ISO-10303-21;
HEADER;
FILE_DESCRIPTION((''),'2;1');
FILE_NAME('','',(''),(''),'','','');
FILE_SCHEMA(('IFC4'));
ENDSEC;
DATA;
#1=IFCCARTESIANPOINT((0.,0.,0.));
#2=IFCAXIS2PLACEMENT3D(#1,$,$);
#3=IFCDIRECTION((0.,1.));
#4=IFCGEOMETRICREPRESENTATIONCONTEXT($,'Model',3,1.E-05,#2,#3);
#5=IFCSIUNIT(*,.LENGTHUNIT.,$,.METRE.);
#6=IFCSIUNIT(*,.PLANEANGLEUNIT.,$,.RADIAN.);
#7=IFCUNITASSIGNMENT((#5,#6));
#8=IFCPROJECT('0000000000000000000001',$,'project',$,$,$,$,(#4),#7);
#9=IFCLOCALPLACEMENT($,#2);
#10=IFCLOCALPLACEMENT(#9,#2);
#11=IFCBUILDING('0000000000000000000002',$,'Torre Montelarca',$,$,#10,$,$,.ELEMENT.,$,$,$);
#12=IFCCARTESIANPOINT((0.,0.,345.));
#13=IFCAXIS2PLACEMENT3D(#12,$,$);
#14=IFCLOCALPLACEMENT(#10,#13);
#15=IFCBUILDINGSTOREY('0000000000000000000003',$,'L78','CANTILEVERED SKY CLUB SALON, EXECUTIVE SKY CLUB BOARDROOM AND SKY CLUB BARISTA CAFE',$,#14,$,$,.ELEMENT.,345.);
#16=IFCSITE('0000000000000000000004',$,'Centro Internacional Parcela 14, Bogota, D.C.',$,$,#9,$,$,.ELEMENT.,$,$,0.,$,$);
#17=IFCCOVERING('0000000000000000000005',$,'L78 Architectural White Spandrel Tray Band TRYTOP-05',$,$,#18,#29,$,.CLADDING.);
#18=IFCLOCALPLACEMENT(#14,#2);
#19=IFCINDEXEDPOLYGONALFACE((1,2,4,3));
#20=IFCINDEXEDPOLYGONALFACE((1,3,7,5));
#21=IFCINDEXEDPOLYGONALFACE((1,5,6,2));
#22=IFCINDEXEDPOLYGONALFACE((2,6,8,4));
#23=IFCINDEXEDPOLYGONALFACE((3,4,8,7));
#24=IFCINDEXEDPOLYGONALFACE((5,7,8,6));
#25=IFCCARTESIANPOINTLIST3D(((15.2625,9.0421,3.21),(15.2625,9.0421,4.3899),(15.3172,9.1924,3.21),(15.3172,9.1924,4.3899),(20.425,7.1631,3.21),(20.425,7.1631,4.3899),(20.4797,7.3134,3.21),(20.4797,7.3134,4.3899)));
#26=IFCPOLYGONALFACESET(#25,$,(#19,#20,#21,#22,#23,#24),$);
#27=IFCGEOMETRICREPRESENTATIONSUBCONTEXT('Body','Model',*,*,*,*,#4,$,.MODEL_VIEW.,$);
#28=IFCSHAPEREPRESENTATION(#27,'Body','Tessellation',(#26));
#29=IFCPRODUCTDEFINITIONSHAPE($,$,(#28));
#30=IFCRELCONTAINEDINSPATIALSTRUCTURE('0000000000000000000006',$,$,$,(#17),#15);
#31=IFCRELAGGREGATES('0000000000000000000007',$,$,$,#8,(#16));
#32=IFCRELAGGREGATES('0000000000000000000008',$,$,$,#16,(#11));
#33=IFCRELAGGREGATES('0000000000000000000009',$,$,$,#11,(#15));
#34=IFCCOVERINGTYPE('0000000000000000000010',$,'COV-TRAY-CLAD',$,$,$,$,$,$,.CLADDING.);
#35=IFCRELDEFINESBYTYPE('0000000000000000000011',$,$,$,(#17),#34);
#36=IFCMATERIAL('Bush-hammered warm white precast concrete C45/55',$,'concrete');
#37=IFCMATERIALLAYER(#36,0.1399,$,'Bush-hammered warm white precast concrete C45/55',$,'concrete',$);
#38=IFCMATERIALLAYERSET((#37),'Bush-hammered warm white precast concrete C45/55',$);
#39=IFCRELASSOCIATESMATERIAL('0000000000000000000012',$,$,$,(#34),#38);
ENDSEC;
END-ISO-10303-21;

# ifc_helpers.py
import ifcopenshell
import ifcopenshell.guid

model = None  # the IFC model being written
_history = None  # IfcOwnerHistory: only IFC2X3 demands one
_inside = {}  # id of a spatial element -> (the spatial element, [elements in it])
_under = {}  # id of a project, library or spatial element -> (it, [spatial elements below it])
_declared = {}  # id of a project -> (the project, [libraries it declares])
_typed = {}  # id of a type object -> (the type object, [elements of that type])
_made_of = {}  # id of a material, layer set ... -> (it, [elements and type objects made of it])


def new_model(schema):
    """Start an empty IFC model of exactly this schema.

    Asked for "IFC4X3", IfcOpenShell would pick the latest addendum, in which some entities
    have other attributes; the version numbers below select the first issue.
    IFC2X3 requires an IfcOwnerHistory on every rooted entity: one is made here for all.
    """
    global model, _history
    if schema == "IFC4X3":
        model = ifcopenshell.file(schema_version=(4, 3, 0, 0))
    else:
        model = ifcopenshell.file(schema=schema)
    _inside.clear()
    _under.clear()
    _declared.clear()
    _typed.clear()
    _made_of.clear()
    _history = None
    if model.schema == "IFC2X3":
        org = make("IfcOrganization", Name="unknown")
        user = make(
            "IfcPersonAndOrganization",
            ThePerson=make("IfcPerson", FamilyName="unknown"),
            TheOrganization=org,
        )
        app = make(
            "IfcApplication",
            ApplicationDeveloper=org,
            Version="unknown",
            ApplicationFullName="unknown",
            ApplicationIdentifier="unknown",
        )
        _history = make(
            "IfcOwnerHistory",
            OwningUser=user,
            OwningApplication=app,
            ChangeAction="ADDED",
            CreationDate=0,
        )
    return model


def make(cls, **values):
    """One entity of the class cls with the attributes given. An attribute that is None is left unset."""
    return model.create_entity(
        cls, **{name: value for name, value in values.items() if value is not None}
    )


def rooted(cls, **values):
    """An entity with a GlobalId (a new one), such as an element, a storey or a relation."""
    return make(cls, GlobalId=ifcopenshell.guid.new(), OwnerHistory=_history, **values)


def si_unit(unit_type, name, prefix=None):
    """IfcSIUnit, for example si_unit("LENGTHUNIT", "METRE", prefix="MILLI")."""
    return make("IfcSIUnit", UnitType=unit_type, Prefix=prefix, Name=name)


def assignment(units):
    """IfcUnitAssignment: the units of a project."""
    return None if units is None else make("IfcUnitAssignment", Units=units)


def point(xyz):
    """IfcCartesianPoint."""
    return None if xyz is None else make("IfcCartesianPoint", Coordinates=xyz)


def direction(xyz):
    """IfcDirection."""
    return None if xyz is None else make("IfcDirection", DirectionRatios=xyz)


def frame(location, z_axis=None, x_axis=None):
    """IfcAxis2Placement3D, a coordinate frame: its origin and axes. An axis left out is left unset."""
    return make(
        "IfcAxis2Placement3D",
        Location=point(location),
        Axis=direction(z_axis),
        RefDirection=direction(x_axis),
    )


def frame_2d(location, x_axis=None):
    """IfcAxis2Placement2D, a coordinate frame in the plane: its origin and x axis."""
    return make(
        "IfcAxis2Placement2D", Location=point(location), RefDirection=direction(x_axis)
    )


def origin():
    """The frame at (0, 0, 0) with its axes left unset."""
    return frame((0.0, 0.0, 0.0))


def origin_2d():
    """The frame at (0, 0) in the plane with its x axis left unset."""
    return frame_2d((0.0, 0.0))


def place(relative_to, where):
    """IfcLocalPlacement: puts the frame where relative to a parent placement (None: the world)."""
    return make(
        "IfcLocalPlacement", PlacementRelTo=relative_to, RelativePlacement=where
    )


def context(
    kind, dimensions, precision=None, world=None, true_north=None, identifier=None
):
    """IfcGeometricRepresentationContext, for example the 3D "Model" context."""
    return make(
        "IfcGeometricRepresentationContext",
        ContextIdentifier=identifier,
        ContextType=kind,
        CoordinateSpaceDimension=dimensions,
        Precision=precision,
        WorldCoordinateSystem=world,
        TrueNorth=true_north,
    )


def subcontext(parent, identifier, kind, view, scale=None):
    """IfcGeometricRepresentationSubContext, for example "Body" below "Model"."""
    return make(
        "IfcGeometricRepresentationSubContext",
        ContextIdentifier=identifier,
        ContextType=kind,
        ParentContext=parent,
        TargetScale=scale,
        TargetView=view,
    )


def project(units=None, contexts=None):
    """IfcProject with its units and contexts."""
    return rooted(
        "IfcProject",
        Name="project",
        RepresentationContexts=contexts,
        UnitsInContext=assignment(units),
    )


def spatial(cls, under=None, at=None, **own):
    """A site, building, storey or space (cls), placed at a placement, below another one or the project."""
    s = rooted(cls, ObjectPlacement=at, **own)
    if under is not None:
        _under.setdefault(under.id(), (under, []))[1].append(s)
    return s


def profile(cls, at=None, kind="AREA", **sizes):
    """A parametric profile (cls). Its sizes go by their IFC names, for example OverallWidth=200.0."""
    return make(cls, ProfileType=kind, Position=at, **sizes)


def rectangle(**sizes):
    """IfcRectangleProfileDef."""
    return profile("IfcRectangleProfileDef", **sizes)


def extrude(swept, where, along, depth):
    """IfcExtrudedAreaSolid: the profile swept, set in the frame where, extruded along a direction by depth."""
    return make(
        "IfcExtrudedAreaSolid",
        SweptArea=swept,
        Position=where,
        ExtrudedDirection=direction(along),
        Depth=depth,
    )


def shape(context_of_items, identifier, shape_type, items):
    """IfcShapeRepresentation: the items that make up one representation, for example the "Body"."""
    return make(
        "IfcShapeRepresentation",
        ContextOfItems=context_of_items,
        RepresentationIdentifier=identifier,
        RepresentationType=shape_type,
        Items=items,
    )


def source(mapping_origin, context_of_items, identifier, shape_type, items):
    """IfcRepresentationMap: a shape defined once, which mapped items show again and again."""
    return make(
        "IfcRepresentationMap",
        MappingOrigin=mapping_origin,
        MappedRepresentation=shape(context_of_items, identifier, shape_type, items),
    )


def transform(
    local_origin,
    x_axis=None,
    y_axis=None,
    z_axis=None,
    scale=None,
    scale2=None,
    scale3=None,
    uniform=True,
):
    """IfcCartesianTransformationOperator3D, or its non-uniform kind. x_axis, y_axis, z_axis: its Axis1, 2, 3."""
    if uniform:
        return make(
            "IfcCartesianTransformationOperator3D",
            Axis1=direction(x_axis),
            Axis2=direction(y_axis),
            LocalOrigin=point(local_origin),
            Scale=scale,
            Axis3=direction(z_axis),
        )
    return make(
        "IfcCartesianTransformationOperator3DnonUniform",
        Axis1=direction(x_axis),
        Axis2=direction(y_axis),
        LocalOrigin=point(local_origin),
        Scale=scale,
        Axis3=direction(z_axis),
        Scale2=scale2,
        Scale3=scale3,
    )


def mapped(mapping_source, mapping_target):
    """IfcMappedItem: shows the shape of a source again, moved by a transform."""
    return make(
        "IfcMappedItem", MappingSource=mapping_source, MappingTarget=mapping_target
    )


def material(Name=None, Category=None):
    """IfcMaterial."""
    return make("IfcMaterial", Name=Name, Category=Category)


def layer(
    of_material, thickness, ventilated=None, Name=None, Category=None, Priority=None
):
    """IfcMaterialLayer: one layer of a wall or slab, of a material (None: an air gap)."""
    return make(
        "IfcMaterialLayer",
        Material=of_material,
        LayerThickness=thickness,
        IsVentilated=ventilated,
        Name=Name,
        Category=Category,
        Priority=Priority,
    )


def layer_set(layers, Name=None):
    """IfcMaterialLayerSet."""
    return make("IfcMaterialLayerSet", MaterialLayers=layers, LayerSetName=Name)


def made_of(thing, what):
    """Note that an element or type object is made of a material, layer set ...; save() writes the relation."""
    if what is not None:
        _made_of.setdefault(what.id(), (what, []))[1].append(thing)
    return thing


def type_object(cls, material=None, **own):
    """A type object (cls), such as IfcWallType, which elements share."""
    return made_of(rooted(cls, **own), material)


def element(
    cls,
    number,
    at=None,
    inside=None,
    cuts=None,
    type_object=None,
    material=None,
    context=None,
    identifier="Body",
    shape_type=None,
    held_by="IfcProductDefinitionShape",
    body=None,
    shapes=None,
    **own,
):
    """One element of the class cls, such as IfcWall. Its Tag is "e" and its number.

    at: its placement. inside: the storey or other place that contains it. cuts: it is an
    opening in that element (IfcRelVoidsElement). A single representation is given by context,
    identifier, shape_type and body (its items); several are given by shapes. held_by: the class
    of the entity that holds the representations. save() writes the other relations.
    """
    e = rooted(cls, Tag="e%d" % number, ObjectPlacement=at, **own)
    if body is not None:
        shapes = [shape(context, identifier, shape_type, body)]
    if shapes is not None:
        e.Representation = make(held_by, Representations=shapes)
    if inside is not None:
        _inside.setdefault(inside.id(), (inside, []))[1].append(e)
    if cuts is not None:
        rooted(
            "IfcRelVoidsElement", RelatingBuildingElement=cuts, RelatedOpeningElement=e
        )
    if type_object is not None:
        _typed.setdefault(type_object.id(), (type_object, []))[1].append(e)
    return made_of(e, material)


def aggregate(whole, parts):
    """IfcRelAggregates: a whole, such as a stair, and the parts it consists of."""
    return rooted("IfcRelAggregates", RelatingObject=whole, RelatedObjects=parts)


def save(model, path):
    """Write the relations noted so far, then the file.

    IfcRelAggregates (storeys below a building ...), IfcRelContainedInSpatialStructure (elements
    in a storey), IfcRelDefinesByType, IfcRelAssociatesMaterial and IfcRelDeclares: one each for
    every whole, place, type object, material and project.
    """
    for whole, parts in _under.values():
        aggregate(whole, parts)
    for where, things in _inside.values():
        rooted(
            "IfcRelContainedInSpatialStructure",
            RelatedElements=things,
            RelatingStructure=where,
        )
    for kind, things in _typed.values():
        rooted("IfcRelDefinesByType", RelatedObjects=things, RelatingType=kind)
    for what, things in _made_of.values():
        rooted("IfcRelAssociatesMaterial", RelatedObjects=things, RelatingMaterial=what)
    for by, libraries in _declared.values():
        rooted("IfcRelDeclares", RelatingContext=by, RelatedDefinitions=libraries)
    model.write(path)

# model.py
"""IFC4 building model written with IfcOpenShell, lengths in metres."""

from ifc_helpers import new_model, si_unit, direction, frame, origin, origin_2d, place, context, subcontext, project, spatial, rectangle, extrude, source, transform, mapped, material, layer, layer_set, type_object, element, save


model = new_model("IFC4")

# Units and contexts
model_context = context("Model", 3, precision=1e-05, world=origin(), true_north=direction((0.0, 1.0)))
body_context = subcontext(model_context, "Body", "Model", "MODEL_VIEW")
ifc_project = project(units=[si_unit("LENGTHUNIT", "METRE"), si_unit("PLANEANGLEUNIT", "RADIAN")], contexts=[model_context])

# Site, building, storey
site_placement = place(None, origin())
site = spatial("IfcSite", under=ifc_project, at=site_placement, Name="Centro Internacional Parcela 14, Bogota, D.C.", CompositionType="ELEMENT", RefElevation=0.0)
building_placement = place(site_placement, origin())
building = spatial("IfcBuilding", under=site, at=building_placement, Name="Torre Montelarca", CompositionType="ELEMENT")
storey_placement = place(building_placement, frame((0.0, 0.0, 345.0)))
storey = spatial("IfcBuildingStorey", under=building, at=storey_placement, Name="L78", Description="CANTILEVERED SKY CLUB SALON, EXECUTIVE SKY CLUB BOARDROOM AND SKY CLUB BARISTA CAFE", CompositionType="ELEMENT", Elevation=345.0)

# Covering
ifc_material_1 = material(Name="Bush-hammered warm white precast concrete C45/55", Category="concrete")
ifc_layer_1 = layer(ifc_material_1, 0.1399, Name="Bush-hammered warm white precast concrete C45/55", Category="concrete")
ifc_layer_set_1 = layer_set([ifc_layer_1], Name="Bush-hammered warm white precast concrete C45/55")
covering_type = type_object("IfcCoveringType", Name="COV-TRAY-CLAD", PredefinedType="CLADDING", material=ifc_layer_set_1)
shared_shape_1 = source(origin(), body_context, "Body", "SweptSolid", [
    extrude(rectangle(XDim=5.4939, YDim=0.1599, at=origin_2d()), origin(), (0.0, 0.0, 1.0), 1.1799),
])
covering_1_placement = place(storey_placement, frame((17.8711, 8.1777, 3.21), z_axis=(0.0, 0.0, 1.0), x_axis=(0.939693, -0.342019, 0.0)))
element("IfcCovering", 1, at=covering_1_placement, inside=storey, type_object=covering_type, Name="L78 Architectural White Spandrel Tray Band TRYTOP-05", PredefinedType="CLADDING", context=body_context, shape_type="MappedRepresentation", body=[
    mapped(shared_shape_1, transform((0.0, 0.0, 0.0), scale=1.0)),
])

save(model, "model.ifc")
